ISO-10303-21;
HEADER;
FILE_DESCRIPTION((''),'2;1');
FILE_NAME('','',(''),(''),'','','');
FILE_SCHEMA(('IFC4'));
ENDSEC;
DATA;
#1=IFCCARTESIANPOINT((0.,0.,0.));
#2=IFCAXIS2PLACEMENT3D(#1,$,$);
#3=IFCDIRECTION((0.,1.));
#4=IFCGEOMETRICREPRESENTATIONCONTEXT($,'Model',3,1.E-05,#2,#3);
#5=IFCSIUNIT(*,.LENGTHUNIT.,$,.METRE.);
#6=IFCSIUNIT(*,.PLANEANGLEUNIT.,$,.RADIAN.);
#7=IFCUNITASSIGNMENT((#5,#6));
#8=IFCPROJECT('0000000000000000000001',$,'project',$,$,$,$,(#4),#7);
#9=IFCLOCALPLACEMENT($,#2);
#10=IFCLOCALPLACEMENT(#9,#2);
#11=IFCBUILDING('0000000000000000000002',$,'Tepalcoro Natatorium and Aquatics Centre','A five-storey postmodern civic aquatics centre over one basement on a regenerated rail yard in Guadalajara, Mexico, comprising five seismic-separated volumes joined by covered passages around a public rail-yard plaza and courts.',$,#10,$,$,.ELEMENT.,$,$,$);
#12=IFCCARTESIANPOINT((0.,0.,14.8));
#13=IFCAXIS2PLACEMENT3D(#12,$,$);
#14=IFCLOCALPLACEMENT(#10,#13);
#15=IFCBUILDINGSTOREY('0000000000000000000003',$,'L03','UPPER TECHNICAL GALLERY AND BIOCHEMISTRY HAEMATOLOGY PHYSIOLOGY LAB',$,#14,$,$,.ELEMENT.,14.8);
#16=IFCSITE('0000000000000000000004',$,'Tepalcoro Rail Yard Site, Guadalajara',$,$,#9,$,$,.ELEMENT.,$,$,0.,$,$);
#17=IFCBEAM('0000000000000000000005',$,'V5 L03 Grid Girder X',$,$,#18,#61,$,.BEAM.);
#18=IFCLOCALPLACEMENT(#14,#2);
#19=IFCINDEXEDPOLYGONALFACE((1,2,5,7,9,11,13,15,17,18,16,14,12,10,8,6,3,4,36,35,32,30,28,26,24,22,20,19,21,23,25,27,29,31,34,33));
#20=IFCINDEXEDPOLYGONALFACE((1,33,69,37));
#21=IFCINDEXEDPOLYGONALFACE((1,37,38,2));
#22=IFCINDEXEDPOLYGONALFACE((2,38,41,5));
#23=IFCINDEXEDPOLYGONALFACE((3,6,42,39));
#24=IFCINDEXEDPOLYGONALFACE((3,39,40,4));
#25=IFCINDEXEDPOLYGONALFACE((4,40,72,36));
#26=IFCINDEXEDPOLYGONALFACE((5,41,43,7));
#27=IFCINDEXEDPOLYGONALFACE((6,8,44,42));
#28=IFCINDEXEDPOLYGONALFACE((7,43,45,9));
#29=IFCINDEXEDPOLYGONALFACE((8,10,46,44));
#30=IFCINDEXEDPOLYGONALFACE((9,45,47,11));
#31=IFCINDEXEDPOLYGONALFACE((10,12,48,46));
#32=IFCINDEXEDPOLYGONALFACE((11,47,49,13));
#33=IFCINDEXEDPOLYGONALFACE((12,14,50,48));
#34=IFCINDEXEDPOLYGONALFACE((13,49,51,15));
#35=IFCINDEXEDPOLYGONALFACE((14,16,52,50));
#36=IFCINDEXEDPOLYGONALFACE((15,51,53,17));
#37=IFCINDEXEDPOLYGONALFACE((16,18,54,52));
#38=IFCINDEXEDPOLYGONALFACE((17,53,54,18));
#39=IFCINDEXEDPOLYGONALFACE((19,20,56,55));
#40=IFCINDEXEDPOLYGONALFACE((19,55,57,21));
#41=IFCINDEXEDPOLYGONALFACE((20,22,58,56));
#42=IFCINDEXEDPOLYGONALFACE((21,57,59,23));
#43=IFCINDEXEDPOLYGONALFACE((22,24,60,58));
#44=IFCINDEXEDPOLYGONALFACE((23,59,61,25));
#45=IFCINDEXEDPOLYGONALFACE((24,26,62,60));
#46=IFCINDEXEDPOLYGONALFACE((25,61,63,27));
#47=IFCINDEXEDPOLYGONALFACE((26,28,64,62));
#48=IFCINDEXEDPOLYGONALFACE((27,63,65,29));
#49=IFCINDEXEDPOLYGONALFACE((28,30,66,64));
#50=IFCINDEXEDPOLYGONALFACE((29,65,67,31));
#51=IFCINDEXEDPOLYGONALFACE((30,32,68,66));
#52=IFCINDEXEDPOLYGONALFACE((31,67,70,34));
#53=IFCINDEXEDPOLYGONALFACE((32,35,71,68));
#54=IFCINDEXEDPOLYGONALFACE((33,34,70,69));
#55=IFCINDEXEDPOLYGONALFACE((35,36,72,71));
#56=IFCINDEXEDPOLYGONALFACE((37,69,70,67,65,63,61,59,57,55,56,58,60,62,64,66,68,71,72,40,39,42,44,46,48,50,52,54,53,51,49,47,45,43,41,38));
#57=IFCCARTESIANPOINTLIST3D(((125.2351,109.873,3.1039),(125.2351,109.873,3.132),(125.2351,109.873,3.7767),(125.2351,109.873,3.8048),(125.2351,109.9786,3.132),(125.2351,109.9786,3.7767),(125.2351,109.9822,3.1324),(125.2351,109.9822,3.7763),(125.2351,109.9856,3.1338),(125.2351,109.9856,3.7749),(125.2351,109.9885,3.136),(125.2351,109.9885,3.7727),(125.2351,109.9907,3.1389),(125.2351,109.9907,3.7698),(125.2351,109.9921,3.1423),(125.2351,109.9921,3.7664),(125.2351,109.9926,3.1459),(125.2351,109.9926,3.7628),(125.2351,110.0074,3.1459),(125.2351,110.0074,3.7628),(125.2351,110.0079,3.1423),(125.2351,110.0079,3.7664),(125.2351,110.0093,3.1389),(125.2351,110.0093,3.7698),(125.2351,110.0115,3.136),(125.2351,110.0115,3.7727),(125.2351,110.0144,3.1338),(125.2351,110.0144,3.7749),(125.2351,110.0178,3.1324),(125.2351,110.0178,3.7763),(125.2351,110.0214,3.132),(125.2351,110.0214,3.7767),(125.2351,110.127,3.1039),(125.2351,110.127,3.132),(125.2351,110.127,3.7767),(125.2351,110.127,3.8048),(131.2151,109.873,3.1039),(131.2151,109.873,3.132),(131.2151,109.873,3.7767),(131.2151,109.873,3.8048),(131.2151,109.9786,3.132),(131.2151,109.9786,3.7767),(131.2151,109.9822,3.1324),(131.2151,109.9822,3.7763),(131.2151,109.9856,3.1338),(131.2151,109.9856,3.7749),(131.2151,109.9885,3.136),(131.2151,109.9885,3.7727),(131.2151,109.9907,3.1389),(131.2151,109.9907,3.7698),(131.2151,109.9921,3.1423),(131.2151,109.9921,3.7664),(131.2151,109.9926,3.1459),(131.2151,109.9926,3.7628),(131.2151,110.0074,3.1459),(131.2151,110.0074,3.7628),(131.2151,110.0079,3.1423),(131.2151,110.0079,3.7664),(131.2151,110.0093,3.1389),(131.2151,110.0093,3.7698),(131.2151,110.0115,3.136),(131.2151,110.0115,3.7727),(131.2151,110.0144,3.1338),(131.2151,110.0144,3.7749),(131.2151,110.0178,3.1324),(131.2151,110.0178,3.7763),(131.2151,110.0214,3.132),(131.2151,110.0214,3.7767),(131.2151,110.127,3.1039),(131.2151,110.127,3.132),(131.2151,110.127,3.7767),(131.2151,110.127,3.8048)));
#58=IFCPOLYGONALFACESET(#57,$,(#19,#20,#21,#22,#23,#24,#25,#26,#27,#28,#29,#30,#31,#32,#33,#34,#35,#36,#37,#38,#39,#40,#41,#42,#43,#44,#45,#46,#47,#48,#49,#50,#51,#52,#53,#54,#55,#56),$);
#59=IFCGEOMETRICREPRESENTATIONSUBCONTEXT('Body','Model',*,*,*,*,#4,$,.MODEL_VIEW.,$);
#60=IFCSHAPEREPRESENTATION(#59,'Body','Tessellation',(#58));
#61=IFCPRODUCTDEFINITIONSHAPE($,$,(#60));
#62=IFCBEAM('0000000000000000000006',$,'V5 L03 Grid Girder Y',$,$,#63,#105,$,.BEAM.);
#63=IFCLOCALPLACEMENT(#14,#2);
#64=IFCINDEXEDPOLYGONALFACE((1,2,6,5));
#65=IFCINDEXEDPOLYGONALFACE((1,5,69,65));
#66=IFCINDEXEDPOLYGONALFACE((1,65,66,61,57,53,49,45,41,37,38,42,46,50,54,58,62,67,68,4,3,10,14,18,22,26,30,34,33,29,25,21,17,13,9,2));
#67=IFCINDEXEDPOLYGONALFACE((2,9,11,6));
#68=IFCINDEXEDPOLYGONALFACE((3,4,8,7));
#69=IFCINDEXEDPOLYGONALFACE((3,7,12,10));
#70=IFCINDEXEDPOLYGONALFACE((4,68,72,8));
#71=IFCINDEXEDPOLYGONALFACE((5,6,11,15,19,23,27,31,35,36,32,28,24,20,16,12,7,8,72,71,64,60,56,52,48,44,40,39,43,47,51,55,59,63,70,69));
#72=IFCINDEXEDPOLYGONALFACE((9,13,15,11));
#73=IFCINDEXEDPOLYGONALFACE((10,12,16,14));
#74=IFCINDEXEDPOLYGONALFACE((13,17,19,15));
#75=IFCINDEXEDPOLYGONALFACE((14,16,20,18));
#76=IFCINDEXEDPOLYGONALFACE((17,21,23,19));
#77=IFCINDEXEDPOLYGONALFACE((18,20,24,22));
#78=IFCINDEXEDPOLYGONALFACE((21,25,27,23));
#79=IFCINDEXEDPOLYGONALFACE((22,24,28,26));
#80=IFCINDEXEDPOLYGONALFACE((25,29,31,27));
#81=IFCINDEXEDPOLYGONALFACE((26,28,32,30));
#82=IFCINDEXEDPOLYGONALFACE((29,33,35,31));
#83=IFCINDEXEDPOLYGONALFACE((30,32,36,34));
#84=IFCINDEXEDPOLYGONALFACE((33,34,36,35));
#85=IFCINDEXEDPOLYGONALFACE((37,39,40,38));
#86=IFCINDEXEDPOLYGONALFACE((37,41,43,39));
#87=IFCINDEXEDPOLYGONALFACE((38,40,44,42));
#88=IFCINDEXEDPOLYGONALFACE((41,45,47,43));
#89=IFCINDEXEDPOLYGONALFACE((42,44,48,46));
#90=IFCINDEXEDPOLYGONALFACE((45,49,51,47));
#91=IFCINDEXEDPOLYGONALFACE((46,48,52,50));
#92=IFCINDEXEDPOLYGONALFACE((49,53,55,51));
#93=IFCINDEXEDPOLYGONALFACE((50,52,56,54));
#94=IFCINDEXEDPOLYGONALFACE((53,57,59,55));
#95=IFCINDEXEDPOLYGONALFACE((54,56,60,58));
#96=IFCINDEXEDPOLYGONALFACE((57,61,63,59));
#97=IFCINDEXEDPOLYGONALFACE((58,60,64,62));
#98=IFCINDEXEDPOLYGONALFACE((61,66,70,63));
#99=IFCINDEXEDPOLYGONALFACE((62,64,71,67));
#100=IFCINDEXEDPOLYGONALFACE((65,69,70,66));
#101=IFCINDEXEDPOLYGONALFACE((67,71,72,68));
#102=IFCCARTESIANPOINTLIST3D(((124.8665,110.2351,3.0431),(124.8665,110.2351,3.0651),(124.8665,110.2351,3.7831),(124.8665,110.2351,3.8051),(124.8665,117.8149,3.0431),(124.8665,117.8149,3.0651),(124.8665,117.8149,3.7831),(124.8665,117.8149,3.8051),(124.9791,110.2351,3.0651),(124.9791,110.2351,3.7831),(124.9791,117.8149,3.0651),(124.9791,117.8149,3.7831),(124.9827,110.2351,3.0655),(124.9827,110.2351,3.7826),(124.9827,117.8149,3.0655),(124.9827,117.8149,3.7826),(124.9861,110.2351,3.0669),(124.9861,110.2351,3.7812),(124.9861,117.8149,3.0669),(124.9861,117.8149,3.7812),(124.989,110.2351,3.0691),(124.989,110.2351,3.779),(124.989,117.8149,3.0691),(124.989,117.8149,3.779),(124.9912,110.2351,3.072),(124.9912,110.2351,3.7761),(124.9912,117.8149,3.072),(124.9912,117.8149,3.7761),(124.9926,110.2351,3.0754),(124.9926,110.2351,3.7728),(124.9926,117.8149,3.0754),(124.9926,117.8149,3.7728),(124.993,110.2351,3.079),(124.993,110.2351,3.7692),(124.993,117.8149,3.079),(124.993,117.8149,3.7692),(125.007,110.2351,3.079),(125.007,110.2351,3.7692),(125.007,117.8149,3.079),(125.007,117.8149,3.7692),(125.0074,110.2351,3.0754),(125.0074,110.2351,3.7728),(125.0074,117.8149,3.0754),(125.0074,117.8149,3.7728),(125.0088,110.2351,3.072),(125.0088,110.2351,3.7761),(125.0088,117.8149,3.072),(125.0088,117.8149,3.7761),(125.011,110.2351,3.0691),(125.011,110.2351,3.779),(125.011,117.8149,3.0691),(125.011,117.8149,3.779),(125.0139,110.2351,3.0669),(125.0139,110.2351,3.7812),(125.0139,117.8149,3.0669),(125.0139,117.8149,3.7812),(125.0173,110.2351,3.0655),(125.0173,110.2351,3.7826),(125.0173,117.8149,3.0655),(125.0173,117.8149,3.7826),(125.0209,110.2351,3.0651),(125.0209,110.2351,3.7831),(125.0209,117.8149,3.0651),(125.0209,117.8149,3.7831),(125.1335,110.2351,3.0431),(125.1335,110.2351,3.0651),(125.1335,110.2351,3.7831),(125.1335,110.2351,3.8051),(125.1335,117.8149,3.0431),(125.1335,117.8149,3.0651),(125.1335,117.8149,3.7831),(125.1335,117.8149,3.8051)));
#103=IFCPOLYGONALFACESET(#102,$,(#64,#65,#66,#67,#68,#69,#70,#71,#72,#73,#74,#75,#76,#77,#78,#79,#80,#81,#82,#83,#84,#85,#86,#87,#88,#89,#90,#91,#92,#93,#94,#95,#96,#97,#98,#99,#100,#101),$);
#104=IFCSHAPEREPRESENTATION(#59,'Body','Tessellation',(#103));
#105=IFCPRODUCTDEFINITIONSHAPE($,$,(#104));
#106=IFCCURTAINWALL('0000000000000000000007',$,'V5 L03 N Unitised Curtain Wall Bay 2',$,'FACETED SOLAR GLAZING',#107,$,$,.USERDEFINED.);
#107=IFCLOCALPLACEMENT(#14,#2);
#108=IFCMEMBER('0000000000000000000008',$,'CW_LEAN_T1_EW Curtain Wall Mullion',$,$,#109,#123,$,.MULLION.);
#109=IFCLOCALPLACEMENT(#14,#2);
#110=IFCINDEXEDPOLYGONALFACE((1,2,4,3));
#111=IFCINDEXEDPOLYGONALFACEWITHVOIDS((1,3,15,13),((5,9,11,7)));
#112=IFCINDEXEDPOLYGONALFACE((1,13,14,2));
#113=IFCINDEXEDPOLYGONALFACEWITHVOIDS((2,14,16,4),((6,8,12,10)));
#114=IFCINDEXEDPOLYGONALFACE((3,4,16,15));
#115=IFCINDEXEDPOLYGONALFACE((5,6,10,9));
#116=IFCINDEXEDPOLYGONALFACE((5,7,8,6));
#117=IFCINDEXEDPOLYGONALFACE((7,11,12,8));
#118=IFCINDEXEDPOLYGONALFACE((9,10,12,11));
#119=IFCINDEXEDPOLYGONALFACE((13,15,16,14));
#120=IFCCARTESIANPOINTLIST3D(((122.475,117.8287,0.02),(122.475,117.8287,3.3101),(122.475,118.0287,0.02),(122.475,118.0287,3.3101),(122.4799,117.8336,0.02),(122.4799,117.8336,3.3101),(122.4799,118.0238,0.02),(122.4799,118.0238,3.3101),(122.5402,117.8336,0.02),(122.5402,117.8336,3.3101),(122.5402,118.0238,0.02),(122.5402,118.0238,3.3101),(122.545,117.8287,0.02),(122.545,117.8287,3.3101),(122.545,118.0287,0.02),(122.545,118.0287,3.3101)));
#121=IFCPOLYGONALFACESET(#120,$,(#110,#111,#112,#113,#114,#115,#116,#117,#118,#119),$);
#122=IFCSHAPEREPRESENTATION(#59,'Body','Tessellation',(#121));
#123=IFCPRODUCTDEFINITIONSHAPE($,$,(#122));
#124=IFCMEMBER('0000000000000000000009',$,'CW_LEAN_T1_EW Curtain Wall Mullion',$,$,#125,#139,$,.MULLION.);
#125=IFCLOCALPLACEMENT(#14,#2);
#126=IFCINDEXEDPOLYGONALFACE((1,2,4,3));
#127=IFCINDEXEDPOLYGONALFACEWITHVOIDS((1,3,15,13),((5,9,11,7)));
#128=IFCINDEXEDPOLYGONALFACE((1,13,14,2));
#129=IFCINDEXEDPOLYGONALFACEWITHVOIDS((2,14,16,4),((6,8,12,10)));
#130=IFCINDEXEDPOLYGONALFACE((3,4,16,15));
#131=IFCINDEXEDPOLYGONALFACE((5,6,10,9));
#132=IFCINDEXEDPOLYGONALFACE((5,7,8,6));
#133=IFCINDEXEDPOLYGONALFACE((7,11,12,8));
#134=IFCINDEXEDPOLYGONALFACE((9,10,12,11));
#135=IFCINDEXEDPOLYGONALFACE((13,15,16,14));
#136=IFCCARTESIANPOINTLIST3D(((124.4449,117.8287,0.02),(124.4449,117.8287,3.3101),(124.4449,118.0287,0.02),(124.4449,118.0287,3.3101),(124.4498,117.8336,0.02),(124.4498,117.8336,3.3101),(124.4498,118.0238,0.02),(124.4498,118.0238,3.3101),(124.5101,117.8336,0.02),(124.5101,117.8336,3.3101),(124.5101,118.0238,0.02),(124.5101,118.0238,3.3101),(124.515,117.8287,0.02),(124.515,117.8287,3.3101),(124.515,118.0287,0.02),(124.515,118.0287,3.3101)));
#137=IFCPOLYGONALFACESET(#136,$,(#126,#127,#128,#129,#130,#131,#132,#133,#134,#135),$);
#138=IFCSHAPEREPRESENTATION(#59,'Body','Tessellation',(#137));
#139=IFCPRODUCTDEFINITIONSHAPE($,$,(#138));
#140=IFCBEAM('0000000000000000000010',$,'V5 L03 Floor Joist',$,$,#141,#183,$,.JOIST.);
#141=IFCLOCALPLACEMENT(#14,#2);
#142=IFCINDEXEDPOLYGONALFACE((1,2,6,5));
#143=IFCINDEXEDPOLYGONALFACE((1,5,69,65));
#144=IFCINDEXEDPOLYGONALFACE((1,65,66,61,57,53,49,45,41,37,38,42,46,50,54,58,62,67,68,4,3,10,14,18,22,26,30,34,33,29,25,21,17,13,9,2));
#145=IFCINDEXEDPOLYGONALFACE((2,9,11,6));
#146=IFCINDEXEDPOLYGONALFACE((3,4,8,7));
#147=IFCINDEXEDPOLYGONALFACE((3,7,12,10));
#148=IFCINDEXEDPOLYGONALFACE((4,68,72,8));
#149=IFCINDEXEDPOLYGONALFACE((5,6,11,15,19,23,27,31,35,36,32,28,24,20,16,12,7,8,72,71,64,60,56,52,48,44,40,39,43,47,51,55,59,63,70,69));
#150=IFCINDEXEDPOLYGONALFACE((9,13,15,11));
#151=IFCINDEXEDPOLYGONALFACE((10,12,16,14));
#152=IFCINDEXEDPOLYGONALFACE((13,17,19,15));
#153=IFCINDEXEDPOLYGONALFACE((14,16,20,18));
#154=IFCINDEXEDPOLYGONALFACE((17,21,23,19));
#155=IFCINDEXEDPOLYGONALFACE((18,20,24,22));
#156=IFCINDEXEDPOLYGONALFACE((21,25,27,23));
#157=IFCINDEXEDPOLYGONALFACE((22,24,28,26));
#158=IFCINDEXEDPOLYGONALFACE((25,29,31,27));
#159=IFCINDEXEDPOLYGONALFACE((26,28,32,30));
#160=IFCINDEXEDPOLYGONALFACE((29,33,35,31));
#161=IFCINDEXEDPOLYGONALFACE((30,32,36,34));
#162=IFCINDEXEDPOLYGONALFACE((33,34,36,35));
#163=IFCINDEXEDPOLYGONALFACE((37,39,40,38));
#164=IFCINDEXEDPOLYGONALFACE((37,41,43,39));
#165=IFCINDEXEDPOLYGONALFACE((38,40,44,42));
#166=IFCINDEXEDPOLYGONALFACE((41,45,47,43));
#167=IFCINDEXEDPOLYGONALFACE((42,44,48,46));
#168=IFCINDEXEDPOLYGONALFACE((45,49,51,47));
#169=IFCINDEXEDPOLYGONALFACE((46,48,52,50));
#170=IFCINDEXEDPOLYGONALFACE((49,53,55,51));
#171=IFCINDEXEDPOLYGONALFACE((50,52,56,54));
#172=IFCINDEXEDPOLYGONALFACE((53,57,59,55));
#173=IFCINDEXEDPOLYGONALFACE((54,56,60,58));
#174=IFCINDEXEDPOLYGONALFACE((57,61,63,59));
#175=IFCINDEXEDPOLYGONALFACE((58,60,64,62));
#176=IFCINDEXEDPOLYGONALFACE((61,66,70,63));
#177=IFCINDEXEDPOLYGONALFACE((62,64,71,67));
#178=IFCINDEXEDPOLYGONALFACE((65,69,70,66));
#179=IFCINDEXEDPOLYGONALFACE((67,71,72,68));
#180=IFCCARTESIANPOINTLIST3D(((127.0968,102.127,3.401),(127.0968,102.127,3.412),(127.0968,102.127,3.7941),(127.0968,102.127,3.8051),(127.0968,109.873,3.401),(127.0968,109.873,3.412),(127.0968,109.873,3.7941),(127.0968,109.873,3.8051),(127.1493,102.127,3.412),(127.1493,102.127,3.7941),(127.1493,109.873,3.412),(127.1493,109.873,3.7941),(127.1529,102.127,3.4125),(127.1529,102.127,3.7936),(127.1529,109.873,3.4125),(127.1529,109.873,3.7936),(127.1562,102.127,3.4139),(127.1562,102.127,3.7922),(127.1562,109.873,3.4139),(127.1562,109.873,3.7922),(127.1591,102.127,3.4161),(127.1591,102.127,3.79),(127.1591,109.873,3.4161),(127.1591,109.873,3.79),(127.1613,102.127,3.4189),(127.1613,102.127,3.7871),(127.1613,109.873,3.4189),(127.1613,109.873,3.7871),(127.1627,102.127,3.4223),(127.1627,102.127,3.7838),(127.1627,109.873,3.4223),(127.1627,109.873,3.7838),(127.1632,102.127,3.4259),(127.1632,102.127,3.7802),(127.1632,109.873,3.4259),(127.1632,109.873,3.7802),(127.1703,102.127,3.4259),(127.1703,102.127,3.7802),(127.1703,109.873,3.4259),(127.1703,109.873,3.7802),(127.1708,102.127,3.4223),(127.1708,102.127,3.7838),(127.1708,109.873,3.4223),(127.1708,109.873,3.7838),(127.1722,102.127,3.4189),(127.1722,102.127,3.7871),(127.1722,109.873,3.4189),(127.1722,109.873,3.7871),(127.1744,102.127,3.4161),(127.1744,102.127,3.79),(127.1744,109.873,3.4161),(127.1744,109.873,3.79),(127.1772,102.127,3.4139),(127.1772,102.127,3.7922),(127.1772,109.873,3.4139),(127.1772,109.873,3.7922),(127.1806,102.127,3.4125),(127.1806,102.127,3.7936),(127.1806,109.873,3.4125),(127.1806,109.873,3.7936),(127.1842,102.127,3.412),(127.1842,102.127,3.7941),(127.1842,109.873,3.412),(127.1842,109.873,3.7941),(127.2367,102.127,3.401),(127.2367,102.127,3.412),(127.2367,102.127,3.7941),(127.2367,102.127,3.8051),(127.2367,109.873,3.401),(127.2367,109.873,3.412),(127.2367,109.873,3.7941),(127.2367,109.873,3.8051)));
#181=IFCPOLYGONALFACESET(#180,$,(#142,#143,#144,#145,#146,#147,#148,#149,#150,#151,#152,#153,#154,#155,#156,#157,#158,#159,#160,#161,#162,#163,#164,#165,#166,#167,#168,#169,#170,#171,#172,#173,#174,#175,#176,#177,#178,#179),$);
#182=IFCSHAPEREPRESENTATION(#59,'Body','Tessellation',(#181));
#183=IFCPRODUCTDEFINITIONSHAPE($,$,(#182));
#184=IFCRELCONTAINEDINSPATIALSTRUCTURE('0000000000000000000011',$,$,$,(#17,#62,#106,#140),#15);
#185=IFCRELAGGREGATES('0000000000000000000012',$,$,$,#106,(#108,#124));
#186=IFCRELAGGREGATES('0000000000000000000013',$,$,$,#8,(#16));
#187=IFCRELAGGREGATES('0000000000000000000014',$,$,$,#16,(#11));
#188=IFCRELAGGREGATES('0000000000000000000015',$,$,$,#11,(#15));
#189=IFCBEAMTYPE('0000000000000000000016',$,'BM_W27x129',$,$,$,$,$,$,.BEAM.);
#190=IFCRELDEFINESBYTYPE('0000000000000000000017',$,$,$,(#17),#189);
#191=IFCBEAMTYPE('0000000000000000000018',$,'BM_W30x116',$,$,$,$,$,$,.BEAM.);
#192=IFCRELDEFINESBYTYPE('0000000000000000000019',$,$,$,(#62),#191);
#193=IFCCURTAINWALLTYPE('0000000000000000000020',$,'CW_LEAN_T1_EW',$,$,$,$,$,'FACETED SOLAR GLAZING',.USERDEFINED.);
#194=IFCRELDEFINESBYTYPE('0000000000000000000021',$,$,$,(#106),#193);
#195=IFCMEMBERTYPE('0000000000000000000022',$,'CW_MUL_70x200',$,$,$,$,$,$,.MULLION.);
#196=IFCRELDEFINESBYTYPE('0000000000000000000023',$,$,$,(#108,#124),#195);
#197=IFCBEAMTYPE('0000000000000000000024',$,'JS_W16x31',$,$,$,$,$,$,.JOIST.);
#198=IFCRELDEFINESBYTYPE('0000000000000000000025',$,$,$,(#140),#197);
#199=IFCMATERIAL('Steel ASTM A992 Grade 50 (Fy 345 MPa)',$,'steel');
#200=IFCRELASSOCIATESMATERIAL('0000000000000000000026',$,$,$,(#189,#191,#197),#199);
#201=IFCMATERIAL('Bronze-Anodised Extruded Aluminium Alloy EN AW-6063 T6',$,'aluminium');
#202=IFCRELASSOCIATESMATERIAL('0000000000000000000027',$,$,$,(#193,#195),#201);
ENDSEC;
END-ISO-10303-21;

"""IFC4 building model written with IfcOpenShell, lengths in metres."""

from ifc_helpers import new_model, si_unit, direction, frame, origin, origin_2d, place, context, subcontext, project, spatial, hollow_rectangle, i_section, extrude, material, material_profile, profile_set, type_object, element, aggregate, save


model = new_model("IFC4")

# Units and contexts
model_context = context("Model", 3, precision=1e-05, world=origin(), true_north=direction((0.0, 1.0)))
body_context = subcontext(model_context, "Body", "Model", "MODEL_VIEW")
ifc_project = project(units=[si_unit("LENGTHUNIT", "METRE"), si_unit("PLANEANGLEUNIT", "RADIAN")], contexts=[model_context])

# Site, building, storey
site_placement = place(None, origin())
site = spatial("IfcSite", under=ifc_project, at=site_placement, Name="Tepalcoro Rail Yard Site, Guadalajara", CompositionType="ELEMENT", RefElevation=0.0)
building_placement = place(site_placement, origin())
building = spatial("IfcBuilding", under=site, at=building_placement, Name="Tepalcoro Natatorium and Aquatics Centre", Description="A five-storey postmodern civic aquatics centre over one basement on a regenerated rail yard in Guadalajara, Mexico, comprising five seismic-separated volumes joined by covered passages around a public rail-yard plaza and courts.", CompositionType="ELEMENT")
storey_placement = place(building_placement, frame((0.0, 0.0, 14.8)))
storey = spatial("IfcBuildingStorey", under=building, at=storey_placement, Name="L03", Description="UPPER TECHNICAL GALLERY AND BIOCHEMISTRY HAEMATOLOGY PHYSIOLOGY LAB", CompositionType="ELEMENT", Elevation=14.8)

# Beams
ifc_material_1 = material(Name="Steel ASTM A992 Grade 50 (Fy 345 MPa)", Category="steel")
ifc_material_profile_1 = material_profile(ifc_material_1, i_section(OverallWidth=0.2539, OverallDepth=0.7009, WebThickness=0.0149, FlangeThickness=0.0281, FilletRadius=0.0139, at=origin_2d()), Name="W27X129")
ifc_profile_set_1 = profile_set([ifc_material_profile_1], Name="Steel ASTM A992 Grade 50 (Fy 345 MPa)")
beam_type_1 = type_object("IfcBeamType", Name="BM_W27x129", PredefinedType="BEAM", material=ifc_profile_set_1)
beam_1_placement = place(storey_placement, frame((125.2351, 110.0, 3.4543), z_axis=(1.0, 0.0, 0.0), x_axis=(0.0, 1.0, 0.0)))
element("IfcBeam", 1, at=beam_1_placement, inside=storey, type_object=beam_type_1, Name="V5 L03 Grid Girder X", PredefinedType="BEAM", context=body_context, shape_type="SweptSolid", body=[
    extrude(i_section(OverallWidth=0.2539, OverallDepth=0.7009, WebThickness=0.0149, FlangeThickness=0.0281, FilletRadius=0.0139, at=origin_2d()), origin(), (0.0, 0.0, 1.0), 5.98),
])
ifc_material_profile_2 = material_profile(ifc_material_1, i_section(OverallWidth=0.2671, OverallDepth=0.762, WebThickness=0.0139, FlangeThickness=0.022, FilletRadius=0.0139, at=origin_2d()), Name="W30X116")
ifc_profile_set_2 = profile_set([ifc_material_profile_2], Name="Steel ASTM A992 Grade 50 (Fy 345 MPa)")
beam_type_2 = type_object("IfcBeamType", Name="BM_W30x116", PredefinedType="BEAM", material=ifc_profile_set_2)
beam_2_placement = place(storey_placement, frame((125.0, 110.2351, 3.4241), z_axis=(0.0, 1.0, 0.0), x_axis=(-1.0, 0.0, 0.0)))
element("IfcBeam", 2, at=beam_2_placement, inside=storey, type_object=beam_type_2, Name="V5 L03 Grid Girder Y", PredefinedType="BEAM", context=body_context, shape_type="SweptSolid", body=[
    extrude(i_section(OverallWidth=0.2671, OverallDepth=0.762, WebThickness=0.0139, FlangeThickness=0.022, FilletRadius=0.0139, at=origin_2d()), origin(), (0.0, 0.0, 1.0), 7.5798),
])

# Curtain wall, members
ifc_material_2 = material(Name="Bronze-Anodised Extruded Aluminium Alloy EN AW-6063 T6", Category="aluminium")
curtain_wall_type = type_object("IfcCurtainWallType", Name="CW_LEAN_T1_EW", ElementType="FACETED SOLAR GLAZING", PredefinedType="USERDEFINED", material=ifc_material_2)
curtain_wall_placement = place(storey_placement, origin())
curtain_wall = element("IfcCurtainWall", 3, at=curtain_wall_placement, inside=storey, type_object=curtain_wall_type, Name="V5 L03 N Unitised Curtain Wall Bay 2", ObjectType="FACETED SOLAR GLAZING", PredefinedType="USERDEFINED")
ifc_material_profile_3 = material_profile(ifc_material_2, hollow_rectangle(XDim=0.0701, YDim=0.2, WallThickness=0.0049, at=origin_2d()), Name="AL70X200X5")
ifc_profile_set_3 = profile_set([ifc_material_profile_3], Name="Bronze-Anodised Extruded Aluminium Alloy EN AW-6063 T6")
member_type = type_object("IfcMemberType", Name="CW_MUL_70x200", PredefinedType="MULLION", material=ifc_profile_set_3)
member_1_placement = place(storey_placement, frame((122.51, 117.9287, 0.02), z_axis=(0.0, 0.0, 1.0), x_axis=(1.0, 0.0, 0.0)))
member_1 = element("IfcMember", 4, at=member_1_placement, type_object=member_type, Name="CW_LEAN_T1_EW Curtain Wall Mullion", PredefinedType="MULLION", context=body_context, shape_type="SweptSolid", body=[
    extrude(hollow_rectangle(XDim=0.0701, YDim=0.2, WallThickness=0.0049, at=origin_2d()), origin(), (0.0, 0.0, 1.0), 3.29),
])
member_2_placement = place(storey_placement, frame((124.48, 117.9287, 0.02), z_axis=(0.0, 0.0, 1.0), x_axis=(1.0, 0.0, 0.0)))
member_2 = element("IfcMember", 5, at=member_2_placement, type_object=member_type, Name="CW_LEAN_T1_EW Curtain Wall Mullion", PredefinedType="MULLION", context=body_context, shape_type="SweptSolid", body=[
    extrude(hollow_rectangle(XDim=0.0701, YDim=0.2, WallThickness=0.0049, at=origin_2d()), origin(), (0.0, 0.0, 1.0), 3.29),
])

# Beam
ifc_material_profile_4 = material_profile(ifc_material_1, i_section(OverallWidth=0.1399, OverallDepth=0.4041, WebThickness=0.0071, FlangeThickness=0.011, FilletRadius=0.0139, at=origin_2d()), Name="W16X31")
ifc_profile_set_4 = profile_set([ifc_material_profile_4], Name="Steel ASTM A992 Grade 50 (Fy 345 MPa)")
beam_type_3 = type_object("IfcBeamType", Name="JS_W16x31", PredefinedType="JOIST", material=ifc_profile_set_4)
beam_3_placement = place(storey_placement, frame((127.1667, 102.127, 3.603), z_axis=(0.0, 1.0, 0.0), x_axis=(-1.0, 0.0, 0.0)))
element("IfcBeam", 6, at=beam_3_placement, inside=storey, type_object=beam_type_3, Name="V5 L03 Floor Joist", PredefinedType="JOIST", context=body_context, shape_type="SweptSolid", body=[
    extrude(i_section(OverallWidth=0.1399, OverallDepth=0.4041, WebThickness=0.0071, FlangeThickness=0.011, FilletRadius=0.0139, at=origin_2d()), origin(), (0.0, 0.0, 1.0), 7.7461),
])

aggregate(curtain_wall, [member_1, member_2])

save(model, "model.ifc")
